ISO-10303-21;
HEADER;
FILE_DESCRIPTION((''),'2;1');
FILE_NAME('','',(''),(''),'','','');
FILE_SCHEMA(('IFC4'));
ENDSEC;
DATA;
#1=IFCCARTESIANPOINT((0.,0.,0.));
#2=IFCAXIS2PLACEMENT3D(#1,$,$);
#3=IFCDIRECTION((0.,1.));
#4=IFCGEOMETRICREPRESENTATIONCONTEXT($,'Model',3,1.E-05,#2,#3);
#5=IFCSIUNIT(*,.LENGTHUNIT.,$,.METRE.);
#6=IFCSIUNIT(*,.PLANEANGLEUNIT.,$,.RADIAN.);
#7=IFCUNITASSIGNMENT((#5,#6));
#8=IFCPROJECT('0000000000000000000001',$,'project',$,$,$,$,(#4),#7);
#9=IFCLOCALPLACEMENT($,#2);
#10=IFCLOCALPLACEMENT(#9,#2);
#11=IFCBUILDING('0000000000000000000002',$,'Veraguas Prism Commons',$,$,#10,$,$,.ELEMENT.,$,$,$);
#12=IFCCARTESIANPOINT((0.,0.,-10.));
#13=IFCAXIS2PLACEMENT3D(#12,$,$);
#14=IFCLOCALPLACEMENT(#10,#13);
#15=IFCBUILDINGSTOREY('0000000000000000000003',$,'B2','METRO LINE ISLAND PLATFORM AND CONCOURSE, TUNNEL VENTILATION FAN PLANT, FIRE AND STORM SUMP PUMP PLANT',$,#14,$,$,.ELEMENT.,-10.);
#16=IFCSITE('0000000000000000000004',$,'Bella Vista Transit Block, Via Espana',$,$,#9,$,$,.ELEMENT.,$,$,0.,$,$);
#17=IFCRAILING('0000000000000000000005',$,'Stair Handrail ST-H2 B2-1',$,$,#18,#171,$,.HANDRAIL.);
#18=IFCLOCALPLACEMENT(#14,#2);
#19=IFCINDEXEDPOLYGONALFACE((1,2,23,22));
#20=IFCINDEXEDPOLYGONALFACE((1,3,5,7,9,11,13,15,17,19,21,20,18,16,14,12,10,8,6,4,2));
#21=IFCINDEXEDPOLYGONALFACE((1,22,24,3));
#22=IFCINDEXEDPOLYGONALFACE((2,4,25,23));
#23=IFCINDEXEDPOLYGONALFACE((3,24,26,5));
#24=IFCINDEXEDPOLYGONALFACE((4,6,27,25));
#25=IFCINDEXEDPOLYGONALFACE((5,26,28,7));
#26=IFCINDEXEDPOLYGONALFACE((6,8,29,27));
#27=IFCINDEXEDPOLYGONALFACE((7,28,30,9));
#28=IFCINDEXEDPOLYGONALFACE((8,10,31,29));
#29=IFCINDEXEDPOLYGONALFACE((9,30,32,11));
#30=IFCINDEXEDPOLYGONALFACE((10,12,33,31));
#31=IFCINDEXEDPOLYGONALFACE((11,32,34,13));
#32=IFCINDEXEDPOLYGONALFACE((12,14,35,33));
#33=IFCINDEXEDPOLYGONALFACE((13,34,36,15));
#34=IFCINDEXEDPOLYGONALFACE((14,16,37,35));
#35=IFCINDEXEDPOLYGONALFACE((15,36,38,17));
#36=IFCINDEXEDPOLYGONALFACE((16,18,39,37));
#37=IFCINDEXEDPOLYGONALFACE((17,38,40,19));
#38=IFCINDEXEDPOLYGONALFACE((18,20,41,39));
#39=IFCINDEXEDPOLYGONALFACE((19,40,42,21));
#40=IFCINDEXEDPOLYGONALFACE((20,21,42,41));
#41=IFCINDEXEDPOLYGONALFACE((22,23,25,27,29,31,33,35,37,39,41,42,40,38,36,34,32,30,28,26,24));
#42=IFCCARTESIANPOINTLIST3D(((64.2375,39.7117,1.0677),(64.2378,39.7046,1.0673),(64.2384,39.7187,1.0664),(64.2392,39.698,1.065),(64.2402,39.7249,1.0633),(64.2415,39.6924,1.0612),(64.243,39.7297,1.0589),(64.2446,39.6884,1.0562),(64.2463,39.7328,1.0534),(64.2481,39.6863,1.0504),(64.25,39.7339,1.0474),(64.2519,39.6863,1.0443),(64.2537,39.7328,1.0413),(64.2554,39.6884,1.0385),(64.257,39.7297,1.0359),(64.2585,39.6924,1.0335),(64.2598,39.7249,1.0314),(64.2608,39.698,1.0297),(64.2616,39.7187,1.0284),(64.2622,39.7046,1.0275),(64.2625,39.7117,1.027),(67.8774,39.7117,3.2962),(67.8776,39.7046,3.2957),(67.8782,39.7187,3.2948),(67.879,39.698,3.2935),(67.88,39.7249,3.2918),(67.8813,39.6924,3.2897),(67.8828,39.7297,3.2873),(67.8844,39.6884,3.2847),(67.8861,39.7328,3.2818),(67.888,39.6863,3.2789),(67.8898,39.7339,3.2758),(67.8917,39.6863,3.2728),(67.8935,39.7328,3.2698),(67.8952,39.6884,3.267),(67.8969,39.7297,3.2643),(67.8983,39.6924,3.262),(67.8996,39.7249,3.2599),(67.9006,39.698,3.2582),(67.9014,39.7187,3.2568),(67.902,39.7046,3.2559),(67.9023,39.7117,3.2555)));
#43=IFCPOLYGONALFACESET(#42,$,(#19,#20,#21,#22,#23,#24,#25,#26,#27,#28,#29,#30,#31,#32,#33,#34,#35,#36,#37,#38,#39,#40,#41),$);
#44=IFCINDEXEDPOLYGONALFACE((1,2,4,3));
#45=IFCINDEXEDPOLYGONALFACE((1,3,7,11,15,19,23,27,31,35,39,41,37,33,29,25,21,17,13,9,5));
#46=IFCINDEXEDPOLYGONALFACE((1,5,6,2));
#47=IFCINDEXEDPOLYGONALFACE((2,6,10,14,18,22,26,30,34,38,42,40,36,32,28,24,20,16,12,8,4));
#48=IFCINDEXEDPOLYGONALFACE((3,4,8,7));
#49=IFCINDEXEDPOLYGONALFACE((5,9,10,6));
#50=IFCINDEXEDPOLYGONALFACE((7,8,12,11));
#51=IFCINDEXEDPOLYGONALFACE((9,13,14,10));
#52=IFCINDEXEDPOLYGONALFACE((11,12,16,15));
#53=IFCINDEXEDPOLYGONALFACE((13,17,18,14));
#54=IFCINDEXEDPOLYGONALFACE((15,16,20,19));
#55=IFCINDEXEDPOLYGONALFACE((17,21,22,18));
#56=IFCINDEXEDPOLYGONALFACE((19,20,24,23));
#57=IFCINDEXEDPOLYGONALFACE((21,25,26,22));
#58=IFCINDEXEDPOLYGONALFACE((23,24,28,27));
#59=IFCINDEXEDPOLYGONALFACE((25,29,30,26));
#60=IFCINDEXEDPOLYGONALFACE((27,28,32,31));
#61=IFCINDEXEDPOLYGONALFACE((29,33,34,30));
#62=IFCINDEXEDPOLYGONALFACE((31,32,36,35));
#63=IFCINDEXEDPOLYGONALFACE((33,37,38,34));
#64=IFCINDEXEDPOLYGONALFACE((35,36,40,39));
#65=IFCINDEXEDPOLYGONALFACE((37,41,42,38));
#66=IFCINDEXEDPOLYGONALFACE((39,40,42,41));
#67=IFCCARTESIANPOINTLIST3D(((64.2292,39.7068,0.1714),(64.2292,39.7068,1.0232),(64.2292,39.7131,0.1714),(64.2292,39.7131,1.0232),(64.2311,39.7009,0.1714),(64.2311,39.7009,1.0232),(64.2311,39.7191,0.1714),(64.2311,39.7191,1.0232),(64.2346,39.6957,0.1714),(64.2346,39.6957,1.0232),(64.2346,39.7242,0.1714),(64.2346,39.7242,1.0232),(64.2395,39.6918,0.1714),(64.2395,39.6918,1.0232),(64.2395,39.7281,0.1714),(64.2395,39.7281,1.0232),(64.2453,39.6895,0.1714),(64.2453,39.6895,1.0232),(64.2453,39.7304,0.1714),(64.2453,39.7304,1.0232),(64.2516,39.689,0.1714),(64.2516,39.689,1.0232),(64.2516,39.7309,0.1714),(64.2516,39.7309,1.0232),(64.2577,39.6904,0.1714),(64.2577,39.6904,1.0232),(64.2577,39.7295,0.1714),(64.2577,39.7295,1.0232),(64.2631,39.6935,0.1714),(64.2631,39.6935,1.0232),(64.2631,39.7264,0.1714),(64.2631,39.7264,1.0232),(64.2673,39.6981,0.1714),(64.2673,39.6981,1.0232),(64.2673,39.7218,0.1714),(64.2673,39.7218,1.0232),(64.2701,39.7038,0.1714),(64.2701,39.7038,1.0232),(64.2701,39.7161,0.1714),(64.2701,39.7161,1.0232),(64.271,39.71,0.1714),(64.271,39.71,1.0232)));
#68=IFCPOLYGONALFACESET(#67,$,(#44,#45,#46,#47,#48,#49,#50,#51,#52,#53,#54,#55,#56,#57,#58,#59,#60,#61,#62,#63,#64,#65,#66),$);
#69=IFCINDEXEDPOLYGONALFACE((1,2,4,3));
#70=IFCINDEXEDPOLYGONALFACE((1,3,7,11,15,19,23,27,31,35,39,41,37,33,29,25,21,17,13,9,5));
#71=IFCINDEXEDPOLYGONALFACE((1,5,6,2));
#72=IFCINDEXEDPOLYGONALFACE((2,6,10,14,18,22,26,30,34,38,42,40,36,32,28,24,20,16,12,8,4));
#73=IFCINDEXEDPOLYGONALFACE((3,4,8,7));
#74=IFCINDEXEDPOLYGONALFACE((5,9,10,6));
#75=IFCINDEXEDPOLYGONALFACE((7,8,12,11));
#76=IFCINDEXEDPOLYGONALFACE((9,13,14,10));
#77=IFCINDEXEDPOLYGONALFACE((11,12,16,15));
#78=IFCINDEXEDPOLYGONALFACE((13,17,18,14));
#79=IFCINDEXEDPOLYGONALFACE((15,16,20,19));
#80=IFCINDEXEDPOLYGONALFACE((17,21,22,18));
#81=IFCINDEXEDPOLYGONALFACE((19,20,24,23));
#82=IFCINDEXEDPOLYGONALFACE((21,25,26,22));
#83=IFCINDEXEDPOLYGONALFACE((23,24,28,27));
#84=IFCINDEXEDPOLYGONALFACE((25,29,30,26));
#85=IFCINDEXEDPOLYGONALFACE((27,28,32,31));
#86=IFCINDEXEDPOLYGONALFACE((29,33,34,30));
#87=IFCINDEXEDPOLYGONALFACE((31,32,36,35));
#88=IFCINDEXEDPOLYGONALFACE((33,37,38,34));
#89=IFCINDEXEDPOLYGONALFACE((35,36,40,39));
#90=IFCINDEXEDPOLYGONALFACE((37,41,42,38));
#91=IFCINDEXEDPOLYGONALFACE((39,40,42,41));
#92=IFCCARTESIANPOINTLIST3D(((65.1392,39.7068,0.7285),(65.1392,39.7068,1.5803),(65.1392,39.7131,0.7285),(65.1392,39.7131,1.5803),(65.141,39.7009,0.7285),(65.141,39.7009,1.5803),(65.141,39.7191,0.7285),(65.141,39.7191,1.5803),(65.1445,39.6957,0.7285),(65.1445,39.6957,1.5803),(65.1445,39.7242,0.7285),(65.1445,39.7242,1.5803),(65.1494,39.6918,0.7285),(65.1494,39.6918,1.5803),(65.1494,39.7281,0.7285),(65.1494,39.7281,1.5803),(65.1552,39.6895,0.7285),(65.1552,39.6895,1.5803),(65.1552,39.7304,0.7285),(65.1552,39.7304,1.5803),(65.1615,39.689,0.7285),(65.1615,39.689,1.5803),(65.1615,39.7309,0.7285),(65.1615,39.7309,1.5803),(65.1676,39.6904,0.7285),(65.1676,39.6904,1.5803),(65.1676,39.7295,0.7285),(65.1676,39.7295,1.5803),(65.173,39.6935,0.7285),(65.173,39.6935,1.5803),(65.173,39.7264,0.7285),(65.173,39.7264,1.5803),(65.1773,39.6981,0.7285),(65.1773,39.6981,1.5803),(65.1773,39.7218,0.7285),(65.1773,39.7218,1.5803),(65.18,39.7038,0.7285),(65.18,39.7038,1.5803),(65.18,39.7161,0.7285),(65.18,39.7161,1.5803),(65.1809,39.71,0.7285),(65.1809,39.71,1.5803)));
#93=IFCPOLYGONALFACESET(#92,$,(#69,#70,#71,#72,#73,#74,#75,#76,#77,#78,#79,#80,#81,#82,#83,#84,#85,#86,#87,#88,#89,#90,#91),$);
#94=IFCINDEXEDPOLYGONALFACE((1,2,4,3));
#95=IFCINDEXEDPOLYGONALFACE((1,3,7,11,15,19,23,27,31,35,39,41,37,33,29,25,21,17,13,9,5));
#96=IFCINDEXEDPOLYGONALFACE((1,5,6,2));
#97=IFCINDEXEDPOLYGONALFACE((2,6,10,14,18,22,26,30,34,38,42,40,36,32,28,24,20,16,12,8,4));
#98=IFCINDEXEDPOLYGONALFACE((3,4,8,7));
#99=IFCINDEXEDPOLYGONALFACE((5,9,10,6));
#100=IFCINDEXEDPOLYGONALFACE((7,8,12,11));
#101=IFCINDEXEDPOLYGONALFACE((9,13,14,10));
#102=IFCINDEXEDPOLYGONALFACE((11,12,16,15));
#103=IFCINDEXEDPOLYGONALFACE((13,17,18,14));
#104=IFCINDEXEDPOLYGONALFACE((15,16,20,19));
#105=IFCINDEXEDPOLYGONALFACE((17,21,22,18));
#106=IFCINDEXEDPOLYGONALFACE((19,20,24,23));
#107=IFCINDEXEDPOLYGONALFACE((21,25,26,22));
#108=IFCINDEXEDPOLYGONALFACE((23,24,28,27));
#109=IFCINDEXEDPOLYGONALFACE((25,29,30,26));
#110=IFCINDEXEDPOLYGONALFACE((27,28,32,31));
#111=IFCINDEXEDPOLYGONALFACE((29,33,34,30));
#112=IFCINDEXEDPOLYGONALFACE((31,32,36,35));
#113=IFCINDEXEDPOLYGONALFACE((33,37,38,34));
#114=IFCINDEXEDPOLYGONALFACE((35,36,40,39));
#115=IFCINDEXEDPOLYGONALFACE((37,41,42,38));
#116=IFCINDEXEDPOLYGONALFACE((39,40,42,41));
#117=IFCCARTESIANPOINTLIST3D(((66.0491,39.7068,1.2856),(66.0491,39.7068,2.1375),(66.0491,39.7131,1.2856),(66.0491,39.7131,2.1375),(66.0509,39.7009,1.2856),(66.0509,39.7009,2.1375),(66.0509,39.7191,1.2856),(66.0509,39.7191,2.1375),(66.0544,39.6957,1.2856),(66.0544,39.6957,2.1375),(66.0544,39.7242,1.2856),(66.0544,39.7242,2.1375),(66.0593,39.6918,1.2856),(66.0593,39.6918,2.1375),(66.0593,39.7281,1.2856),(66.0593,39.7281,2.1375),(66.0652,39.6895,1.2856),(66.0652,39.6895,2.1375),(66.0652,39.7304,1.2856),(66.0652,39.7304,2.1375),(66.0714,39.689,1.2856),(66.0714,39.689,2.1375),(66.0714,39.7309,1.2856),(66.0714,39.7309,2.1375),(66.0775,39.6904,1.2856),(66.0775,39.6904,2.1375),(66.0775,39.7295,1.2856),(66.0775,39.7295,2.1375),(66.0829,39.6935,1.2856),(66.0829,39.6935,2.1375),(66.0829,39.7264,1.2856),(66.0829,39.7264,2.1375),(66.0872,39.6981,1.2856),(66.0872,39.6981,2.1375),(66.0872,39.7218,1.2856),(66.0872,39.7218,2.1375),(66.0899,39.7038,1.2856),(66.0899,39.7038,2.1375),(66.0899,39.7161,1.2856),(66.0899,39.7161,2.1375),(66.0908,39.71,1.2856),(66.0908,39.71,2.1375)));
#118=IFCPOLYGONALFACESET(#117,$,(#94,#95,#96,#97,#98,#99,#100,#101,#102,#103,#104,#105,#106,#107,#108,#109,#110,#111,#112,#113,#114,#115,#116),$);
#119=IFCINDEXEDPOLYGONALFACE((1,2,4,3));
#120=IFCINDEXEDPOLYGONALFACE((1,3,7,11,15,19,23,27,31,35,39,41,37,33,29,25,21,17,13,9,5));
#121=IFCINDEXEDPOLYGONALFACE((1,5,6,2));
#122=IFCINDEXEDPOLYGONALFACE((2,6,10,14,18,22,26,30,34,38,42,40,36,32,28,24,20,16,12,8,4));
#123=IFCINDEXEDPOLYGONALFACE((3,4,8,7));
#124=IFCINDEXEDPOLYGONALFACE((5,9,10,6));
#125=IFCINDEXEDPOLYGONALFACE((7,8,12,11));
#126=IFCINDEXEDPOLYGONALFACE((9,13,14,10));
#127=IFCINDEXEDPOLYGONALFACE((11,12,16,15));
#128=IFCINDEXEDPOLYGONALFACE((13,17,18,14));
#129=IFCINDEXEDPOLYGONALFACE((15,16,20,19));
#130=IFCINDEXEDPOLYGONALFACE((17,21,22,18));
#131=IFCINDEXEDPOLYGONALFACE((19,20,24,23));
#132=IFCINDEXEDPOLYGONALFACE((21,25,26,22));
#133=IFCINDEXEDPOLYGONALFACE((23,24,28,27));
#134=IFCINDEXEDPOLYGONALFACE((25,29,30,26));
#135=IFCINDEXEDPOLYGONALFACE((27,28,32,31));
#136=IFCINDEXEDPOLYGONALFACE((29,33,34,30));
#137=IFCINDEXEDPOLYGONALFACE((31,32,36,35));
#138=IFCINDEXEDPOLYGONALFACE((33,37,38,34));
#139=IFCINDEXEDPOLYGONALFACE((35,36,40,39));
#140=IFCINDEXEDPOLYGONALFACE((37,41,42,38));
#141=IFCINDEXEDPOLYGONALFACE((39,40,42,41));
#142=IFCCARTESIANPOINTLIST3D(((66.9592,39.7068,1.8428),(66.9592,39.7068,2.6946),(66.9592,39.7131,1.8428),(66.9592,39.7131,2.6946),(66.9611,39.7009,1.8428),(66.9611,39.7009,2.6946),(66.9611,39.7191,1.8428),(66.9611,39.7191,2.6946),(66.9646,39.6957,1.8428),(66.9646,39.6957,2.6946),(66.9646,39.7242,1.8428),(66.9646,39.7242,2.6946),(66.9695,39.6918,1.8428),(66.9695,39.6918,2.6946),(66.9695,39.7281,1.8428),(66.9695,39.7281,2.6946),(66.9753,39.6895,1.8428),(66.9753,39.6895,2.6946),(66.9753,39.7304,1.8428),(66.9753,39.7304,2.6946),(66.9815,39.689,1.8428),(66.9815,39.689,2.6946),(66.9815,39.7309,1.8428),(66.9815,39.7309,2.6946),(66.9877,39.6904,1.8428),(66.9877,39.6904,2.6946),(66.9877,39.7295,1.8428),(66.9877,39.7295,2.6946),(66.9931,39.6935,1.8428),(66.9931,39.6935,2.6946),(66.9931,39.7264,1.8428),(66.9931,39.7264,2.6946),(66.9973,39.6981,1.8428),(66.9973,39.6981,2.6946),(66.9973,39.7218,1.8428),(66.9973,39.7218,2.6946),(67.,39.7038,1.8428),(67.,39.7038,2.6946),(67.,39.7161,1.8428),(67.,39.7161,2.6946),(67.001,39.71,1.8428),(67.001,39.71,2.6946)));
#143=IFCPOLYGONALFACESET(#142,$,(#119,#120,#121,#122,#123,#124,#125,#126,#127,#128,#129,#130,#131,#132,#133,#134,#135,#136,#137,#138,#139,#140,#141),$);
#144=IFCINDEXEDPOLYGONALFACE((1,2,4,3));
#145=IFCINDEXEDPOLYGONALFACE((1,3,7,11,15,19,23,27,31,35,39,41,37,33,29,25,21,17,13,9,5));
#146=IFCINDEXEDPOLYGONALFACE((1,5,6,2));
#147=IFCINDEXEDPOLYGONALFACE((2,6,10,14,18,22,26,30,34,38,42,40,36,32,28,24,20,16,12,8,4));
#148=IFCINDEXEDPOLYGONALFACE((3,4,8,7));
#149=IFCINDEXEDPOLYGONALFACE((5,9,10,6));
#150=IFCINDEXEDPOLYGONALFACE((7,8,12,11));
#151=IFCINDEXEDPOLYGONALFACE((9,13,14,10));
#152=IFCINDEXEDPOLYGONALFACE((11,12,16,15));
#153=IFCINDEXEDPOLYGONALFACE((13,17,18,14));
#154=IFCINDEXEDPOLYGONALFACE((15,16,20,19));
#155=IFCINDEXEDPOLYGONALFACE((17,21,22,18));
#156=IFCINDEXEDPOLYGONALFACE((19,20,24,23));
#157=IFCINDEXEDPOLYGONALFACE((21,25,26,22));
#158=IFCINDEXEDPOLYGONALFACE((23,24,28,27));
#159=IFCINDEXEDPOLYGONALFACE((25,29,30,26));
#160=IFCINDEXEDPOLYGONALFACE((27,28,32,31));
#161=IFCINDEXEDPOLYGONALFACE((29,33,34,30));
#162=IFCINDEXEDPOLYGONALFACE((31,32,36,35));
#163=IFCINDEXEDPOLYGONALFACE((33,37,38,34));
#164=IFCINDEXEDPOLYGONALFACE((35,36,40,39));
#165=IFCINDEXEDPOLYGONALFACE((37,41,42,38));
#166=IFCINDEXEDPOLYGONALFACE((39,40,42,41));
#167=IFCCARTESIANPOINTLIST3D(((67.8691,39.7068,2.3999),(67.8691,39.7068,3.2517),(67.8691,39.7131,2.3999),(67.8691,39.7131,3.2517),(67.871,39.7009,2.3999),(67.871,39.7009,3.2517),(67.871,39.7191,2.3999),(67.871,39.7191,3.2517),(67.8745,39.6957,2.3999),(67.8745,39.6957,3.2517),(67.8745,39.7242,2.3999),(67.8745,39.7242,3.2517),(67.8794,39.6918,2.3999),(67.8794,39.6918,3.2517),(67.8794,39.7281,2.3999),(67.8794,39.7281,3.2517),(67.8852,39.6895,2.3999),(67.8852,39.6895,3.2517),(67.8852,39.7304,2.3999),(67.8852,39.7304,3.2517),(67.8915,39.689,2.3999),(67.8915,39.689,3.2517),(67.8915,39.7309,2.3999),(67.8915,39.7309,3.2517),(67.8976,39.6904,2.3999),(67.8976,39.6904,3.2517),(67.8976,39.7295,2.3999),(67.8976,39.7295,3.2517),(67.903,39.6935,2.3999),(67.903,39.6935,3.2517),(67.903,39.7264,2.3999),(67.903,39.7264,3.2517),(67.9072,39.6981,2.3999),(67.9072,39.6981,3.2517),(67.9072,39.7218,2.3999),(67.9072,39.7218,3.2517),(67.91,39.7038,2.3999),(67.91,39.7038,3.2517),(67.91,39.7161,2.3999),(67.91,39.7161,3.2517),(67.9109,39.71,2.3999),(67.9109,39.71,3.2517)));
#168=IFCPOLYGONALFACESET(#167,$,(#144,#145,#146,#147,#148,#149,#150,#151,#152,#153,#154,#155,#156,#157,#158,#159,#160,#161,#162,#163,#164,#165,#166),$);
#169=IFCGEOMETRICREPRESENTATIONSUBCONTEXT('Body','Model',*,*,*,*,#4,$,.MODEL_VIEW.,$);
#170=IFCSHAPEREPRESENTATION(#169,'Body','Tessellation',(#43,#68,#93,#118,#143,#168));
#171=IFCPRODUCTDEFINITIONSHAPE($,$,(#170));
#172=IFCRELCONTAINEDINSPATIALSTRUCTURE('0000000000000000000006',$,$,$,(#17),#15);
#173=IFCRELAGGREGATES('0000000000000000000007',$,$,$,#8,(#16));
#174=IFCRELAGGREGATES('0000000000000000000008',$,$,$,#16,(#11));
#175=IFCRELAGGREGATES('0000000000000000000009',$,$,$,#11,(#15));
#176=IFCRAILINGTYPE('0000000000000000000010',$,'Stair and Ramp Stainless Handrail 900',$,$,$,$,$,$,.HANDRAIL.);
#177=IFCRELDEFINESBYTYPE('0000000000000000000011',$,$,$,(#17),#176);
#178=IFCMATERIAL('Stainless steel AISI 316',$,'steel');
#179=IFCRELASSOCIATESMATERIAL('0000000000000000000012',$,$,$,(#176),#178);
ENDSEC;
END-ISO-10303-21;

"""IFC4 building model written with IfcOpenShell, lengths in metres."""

from ifc_helpers import new_model, si_unit, direction, frame, origin, origin_2d, place, context, subcontext, project, spatial, circle, extrude, material, type_object, element, save


model = new_model("IFC4")

# Units and contexts
model_context = context("Model", 3, precision=1e-05, world=origin(), true_north=direction((0.0, 1.0)))
body_context = subcontext(model_context, "Body", "Model", "MODEL_VIEW")
ifc_project = project(units=[si_unit("LENGTHUNIT", "METRE"), si_unit("PLANEANGLEUNIT", "RADIAN")], contexts=[model_context])

# Site, building, storey
site_placement = place(None, origin())
site = spatial("IfcSite", under=ifc_project, at=site_placement, Name="Bella Vista Transit Block, Via Espana", CompositionType="ELEMENT", RefElevation=0.0)
building_placement = place(site_placement, origin())
building = spatial("IfcBuilding", under=site, at=building_placement, Name="Veraguas Prism Commons", CompositionType="ELEMENT")
storey_placement = place(building_placement, frame((0.0, 0.0, -10.0)))
storey = spatial("IfcBuildingStorey", under=building, at=storey_placement, Name="B2", Description="METRO LINE ISLAND PLATFORM AND CONCOURSE, TUNNEL VENTILATION FAN PLANT, FIRE AND STORM SUMP PUMP PLANT", CompositionType="ELEMENT", Elevation=-10.0)

# Railing
ifc_material_1 = material(Name="Stainless steel AISI 316", Category="steel")
railing_type_1 = type_object("IfcRailingType", Name="Stair and Ramp Stainless Handrail 900", PredefinedType="HANDRAIL", material=ifc_material_1)
railing_1_placement = place(storey_placement, frame((64.25, 39.71, 0.1714)))
element("IfcRailing", 1, at=railing_1_placement, inside=storey, type_object=railing_type_1, Name="Stair Handrail ST-H2 B2-1", PredefinedType="HANDRAIL", context=body_context, shape_type="SweptSolid", body=[
    extrude(circle(Radius=0.0239, at=origin_2d()), frame((0.0, 0.0, 0.876), z_axis=(0.85285, 0.0, 0.522156), x_axis=(0.0, 1.0, 0.0)), (0.0, 0.0, 1.0), 4.2678),
    extrude(circle(Radius=0.021, at=origin_2d()), origin(), (0.0, 0.0, 1.0), 0.8518),
    extrude(circle(Radius=0.021, at=origin_2d()), frame((0.9099, 0.0, 0.5571)), (0.0, 0.0, 1.0), 0.8518),
    extrude(circle(Radius=0.021, at=origin_2d()), frame((1.8198, 0.0, 1.1143)), (0.0, 0.0, 1.0), 0.8518),
    extrude(circle(Radius=0.021, at=origin_2d()), frame((2.73, 0.0, 1.6714)), (0.0, 0.0, 1.0), 0.8518),
    extrude(circle(Radius=0.021, at=origin_2d()), frame((3.6399, 0.0, 2.2285)), (0.0, 0.0, 1.0), 0.8518),
])

save(model, "model.ifc")
